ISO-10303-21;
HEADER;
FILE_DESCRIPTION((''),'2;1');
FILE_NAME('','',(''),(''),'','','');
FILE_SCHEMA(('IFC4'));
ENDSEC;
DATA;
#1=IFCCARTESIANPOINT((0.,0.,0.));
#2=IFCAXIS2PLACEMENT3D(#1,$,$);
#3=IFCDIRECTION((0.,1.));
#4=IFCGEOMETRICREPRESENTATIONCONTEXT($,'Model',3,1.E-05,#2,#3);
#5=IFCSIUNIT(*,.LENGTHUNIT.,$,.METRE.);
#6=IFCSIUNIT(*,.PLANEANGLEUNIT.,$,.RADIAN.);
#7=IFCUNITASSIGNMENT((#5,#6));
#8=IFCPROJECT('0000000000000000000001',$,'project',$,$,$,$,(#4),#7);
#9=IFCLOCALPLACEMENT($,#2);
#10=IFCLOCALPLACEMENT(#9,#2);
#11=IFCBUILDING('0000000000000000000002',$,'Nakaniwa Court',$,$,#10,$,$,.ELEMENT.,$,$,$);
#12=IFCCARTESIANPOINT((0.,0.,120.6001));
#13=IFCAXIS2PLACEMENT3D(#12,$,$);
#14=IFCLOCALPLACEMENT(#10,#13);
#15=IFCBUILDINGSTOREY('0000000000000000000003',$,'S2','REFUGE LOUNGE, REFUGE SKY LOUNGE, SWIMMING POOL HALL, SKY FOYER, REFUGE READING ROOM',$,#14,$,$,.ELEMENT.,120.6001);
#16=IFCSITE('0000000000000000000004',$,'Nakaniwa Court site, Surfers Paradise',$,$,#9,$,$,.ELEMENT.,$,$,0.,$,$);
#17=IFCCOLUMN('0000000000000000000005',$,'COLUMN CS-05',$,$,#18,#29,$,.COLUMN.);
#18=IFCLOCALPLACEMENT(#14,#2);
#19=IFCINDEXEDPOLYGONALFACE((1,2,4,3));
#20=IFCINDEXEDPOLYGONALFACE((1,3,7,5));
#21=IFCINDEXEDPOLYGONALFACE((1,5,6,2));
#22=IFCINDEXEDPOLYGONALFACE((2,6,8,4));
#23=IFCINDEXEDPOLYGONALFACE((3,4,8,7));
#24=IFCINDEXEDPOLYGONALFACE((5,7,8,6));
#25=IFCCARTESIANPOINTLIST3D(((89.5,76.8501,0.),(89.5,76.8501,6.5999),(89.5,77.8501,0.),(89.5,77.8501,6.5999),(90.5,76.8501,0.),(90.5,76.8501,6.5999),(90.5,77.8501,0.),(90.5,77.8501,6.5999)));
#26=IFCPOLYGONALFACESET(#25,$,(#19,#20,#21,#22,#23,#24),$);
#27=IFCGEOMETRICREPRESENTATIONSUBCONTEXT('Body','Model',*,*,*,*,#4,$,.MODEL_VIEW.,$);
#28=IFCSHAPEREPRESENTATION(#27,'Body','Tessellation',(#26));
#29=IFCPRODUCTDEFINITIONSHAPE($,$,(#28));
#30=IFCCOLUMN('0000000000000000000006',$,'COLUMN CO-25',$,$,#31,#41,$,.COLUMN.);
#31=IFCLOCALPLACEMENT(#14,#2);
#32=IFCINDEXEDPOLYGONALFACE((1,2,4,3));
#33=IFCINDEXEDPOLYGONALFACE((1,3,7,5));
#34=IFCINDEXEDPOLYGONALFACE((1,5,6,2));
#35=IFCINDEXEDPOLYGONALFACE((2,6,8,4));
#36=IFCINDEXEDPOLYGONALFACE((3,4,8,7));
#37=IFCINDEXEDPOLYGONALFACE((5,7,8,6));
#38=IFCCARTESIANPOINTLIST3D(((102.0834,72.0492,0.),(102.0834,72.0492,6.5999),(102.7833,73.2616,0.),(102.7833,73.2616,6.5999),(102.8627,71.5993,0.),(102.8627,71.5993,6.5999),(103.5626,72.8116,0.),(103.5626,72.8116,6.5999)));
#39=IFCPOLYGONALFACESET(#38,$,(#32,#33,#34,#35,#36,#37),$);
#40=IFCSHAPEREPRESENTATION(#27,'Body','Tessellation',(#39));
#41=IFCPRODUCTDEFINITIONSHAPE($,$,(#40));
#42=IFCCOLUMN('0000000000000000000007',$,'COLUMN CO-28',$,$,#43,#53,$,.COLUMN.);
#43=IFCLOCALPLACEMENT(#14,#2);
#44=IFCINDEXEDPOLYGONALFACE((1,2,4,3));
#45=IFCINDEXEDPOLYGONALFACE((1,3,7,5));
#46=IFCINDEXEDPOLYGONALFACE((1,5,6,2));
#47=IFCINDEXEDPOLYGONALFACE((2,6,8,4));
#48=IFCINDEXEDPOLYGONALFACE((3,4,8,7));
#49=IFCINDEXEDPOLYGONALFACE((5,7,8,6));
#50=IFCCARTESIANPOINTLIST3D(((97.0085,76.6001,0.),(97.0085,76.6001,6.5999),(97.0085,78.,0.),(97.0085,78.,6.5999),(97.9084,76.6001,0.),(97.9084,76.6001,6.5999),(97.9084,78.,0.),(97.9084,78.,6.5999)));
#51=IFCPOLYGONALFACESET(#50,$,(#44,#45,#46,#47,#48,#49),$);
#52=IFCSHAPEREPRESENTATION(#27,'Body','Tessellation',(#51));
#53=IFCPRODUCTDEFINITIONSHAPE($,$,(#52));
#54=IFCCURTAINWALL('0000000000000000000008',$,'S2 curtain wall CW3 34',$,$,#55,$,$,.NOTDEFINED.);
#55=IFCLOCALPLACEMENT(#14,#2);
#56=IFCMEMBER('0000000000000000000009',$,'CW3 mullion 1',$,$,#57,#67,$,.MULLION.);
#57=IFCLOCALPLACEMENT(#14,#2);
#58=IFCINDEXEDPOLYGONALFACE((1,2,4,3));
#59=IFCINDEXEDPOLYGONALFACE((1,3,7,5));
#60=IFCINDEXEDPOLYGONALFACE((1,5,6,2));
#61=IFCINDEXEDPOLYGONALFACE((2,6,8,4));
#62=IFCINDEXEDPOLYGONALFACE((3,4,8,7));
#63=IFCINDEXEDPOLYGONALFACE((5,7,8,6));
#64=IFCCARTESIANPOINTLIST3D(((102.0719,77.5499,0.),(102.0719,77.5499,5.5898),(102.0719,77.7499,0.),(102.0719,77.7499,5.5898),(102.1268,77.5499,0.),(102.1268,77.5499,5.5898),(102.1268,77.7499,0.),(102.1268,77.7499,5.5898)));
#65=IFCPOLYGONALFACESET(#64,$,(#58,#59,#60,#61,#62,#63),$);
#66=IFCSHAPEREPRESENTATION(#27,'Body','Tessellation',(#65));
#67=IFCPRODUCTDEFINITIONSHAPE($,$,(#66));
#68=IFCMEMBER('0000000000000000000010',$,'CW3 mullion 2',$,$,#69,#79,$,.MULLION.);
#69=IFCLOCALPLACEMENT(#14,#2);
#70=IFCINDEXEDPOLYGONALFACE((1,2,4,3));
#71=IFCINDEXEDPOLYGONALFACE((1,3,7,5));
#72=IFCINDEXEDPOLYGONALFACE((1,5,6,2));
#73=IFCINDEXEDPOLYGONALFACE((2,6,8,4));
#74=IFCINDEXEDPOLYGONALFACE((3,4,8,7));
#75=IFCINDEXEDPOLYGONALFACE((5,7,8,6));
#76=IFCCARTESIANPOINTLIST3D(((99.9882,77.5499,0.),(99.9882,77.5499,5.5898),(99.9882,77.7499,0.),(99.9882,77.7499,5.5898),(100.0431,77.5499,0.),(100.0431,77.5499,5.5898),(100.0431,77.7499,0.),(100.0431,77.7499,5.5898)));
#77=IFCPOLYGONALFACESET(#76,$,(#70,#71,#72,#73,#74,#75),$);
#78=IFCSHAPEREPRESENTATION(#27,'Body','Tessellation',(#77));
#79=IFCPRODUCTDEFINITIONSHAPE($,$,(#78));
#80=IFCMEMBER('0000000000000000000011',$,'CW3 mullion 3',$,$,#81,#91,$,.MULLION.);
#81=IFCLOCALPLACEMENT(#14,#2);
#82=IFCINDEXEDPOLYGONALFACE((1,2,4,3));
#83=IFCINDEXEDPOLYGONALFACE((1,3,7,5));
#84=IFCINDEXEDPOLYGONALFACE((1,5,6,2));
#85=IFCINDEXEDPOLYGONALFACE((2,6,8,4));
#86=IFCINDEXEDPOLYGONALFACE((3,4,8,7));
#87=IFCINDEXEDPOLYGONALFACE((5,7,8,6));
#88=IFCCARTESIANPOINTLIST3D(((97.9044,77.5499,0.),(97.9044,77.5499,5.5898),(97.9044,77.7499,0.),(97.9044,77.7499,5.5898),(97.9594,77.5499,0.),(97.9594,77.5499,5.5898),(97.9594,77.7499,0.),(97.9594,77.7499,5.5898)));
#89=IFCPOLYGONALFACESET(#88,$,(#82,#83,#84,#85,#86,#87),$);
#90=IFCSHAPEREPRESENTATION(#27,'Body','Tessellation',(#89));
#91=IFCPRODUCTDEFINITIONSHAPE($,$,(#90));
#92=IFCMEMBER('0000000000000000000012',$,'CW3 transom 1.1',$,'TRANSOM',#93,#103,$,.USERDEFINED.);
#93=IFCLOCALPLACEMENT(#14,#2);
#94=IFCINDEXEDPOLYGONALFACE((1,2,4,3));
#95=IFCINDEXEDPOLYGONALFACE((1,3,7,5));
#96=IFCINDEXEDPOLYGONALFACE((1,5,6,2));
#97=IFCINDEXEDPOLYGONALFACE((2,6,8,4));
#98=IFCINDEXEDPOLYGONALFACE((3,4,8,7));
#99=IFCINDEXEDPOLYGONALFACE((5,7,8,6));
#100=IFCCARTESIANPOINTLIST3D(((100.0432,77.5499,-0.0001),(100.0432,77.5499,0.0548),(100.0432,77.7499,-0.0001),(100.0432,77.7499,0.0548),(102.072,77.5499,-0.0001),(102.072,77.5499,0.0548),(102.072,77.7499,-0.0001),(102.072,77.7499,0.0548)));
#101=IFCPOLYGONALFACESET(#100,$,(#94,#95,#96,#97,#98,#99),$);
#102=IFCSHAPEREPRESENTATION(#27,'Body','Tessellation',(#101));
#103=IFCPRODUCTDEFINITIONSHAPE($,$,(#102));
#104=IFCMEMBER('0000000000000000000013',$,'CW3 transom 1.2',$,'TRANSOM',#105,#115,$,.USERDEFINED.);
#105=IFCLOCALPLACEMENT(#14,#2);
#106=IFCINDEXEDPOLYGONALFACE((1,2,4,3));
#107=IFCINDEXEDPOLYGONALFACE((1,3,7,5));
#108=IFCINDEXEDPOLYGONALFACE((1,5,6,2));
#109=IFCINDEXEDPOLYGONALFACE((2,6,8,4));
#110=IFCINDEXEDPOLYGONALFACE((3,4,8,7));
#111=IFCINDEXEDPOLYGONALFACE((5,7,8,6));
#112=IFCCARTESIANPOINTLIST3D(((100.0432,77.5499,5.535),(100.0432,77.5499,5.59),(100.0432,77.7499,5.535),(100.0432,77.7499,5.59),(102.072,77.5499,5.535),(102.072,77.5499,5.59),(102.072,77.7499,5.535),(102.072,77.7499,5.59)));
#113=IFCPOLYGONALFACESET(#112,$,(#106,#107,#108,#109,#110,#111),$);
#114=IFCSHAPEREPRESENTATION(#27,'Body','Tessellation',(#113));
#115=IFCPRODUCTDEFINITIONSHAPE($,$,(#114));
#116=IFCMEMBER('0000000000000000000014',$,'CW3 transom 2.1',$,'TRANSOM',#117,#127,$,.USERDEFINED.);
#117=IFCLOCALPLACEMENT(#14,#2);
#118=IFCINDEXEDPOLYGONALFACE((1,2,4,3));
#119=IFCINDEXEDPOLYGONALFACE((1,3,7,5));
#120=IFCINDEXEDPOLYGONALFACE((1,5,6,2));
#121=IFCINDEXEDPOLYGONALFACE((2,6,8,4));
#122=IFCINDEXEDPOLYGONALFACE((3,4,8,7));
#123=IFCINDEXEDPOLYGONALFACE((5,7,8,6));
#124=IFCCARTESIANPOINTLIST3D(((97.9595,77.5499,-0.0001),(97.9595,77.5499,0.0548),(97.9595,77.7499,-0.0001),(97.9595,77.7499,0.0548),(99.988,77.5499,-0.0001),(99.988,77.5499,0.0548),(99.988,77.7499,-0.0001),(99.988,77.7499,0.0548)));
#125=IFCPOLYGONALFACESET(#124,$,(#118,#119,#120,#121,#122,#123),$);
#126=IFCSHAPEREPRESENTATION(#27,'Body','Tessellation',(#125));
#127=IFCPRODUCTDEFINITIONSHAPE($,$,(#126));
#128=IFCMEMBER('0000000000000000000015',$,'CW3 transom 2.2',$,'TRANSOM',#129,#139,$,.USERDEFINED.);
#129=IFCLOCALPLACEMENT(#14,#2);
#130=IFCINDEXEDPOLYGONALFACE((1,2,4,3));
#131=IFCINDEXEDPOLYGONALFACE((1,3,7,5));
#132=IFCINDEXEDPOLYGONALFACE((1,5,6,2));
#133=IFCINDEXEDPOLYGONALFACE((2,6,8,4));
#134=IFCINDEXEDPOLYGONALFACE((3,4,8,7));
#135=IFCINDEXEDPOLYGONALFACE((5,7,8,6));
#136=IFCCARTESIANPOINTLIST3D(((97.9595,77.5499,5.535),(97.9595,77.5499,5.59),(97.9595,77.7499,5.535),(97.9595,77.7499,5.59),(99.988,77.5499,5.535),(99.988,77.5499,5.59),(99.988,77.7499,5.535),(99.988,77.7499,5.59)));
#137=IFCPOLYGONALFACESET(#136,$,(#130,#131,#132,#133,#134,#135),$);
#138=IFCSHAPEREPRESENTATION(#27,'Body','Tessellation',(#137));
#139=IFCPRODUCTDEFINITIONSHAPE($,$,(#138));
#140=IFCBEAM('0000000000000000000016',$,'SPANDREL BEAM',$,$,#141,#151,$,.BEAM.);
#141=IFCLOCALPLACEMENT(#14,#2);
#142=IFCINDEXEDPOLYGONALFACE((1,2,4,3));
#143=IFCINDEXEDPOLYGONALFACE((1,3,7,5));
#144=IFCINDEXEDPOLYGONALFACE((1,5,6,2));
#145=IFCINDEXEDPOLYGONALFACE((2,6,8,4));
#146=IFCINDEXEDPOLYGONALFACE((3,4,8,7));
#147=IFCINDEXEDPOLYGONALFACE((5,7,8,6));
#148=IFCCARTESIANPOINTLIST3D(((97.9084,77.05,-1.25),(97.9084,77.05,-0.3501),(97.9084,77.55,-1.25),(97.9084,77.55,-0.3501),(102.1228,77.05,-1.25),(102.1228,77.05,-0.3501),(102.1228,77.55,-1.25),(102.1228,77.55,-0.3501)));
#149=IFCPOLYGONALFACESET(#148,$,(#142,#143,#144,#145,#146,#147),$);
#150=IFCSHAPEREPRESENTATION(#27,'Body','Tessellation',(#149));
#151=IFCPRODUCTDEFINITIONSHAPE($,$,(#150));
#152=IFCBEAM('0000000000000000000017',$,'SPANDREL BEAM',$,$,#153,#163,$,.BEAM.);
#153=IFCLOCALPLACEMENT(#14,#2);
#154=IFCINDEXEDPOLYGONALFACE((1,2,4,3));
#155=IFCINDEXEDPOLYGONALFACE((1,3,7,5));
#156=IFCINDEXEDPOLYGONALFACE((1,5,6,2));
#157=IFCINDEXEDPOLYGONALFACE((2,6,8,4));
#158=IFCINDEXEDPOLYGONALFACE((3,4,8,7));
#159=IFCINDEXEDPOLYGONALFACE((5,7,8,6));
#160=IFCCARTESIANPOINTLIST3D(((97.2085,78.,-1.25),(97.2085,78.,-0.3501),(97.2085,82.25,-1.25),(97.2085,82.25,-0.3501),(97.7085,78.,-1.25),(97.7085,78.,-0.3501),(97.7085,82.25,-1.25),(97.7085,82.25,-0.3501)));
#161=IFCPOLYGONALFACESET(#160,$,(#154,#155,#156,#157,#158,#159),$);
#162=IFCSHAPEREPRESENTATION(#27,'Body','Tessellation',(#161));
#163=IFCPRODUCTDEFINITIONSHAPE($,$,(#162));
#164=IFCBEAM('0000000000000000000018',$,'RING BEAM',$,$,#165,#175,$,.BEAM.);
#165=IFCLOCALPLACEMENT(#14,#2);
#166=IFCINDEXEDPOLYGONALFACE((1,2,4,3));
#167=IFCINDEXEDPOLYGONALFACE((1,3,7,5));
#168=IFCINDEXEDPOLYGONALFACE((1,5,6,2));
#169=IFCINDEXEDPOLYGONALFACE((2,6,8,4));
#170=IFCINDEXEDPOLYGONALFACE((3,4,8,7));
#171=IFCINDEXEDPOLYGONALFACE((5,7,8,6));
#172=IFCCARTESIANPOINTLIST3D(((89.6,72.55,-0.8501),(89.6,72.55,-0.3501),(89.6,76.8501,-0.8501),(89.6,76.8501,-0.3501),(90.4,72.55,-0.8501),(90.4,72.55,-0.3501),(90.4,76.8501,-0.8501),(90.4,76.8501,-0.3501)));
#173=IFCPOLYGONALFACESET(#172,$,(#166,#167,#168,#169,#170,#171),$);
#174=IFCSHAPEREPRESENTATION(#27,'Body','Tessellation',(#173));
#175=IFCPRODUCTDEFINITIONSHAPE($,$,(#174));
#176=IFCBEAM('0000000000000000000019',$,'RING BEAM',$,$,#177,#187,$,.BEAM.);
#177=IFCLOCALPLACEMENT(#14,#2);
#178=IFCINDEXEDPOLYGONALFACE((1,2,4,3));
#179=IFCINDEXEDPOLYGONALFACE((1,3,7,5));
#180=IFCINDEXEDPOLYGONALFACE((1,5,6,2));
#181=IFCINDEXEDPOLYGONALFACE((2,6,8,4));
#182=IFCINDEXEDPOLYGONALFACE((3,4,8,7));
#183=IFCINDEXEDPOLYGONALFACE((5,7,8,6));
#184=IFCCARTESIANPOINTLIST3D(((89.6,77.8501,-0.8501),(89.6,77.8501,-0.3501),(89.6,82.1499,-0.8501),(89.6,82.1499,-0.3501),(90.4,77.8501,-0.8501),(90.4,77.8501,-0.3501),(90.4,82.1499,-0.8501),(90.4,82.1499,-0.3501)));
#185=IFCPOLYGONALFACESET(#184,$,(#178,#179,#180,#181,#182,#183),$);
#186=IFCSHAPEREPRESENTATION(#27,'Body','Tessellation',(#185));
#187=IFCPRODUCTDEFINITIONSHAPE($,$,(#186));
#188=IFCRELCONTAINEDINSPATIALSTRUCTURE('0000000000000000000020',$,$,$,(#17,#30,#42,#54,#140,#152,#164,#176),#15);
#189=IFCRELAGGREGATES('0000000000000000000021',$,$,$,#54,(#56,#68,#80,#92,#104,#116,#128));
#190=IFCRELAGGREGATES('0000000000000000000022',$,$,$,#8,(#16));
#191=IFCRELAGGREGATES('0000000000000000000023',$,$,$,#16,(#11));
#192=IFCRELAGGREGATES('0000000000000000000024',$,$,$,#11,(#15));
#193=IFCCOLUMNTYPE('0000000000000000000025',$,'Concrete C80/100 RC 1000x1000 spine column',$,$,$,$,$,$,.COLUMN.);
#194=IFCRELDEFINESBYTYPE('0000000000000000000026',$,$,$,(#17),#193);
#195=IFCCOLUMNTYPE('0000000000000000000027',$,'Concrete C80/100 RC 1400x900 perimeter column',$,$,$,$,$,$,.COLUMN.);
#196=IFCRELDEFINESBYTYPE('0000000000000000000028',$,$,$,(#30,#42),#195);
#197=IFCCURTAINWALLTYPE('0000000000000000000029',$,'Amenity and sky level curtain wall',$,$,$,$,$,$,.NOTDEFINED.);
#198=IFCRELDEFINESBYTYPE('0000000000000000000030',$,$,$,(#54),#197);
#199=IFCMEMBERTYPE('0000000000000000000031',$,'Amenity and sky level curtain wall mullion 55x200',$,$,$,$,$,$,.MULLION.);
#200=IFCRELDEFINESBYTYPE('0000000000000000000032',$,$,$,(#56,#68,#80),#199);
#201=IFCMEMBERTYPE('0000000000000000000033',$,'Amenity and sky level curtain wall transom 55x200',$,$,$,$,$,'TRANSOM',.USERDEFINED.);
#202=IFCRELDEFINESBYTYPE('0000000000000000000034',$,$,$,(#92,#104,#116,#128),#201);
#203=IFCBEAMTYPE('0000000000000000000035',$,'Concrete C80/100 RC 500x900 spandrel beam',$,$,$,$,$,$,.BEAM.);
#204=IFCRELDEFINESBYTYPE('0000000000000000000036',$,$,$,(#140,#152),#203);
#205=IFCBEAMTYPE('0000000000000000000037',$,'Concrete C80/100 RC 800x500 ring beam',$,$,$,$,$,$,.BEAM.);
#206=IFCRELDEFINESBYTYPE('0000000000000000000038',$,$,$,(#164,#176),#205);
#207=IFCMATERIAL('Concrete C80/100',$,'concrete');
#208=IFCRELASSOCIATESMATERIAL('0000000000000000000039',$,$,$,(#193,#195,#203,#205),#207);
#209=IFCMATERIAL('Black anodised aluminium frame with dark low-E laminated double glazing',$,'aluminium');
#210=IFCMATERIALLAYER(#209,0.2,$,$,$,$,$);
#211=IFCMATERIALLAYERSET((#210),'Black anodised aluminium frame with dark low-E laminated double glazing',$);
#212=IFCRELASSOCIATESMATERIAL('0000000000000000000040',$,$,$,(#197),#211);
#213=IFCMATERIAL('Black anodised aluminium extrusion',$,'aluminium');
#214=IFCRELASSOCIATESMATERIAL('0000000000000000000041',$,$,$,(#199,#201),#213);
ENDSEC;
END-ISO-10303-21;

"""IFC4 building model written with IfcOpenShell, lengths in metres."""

from ifc_helpers import new_model, si_unit, direction, frame, origin, origin_2d, place, context, subcontext, project, spatial, rectangle, extrude, material, layer, layer_set, material_profile, profile_set, type_object, element, aggregate, save


model = new_model("IFC4")

# Units and contexts
model_context = context("Model", 3, precision=1e-05, world=origin(), true_north=direction((0.0, 1.0)))
body_context = subcontext(model_context, "Body", "Model", "MODEL_VIEW")
ifc_project = project(units=[si_unit("LENGTHUNIT", "METRE"), si_unit("PLANEANGLEUNIT", "RADIAN")], contexts=[model_context])

# Site, building, storey
site_placement = place(None, origin())
site = spatial("IfcSite", under=ifc_project, at=site_placement, Name="Nakaniwa Court site, Surfers Paradise", CompositionType="ELEMENT", RefElevation=0.0)
building_placement = place(site_placement, origin())
building = spatial("IfcBuilding", under=site, at=building_placement, Name="Nakaniwa Court", CompositionType="ELEMENT")
storey_placement = place(building_placement, frame((0.0, 0.0, 120.6001)))
storey = spatial("IfcBuildingStorey", under=building, at=storey_placement, Name="S2", Description="REFUGE LOUNGE, REFUGE SKY LOUNGE, SWIMMING POOL HALL, SKY FOYER, REFUGE READING ROOM", CompositionType="ELEMENT", Elevation=120.6001)

# Columns
ifc_material_1 = material(Name="Concrete C80/100", Category="concrete")
ifc_material_profile_1 = material_profile(ifc_material_1, rectangle(XDim=1.0, YDim=1.0, at=origin_2d()), Name="Concrete C80/100 RC 1000x1000 spine column")
ifc_profile_set_1 = profile_set([ifc_material_profile_1], Name="Concrete C80/100")
column_type_1 = type_object("IfcColumnType", Name="Concrete C80/100 RC 1000x1000 spine column", PredefinedType="COLUMN", material=ifc_profile_set_1)
column_placement = place(storey_placement, frame((90.0, 77.3501, 0.0), z_axis=(0.0, 0.0, 1.0), x_axis=(0.0, 1.0, 0.0)))
element("IfcColumn", 1, at=column_placement, inside=storey, type_object=column_type_1, Name="COLUMN CS-05", PredefinedType="COLUMN", context=body_context, shape_type="SweptSolid", body=[
    extrude(rectangle(XDim=1.0, YDim=1.0, at=origin_2d()), origin(), (0.0, 0.0, 1.0), 6.5999),
])
ifc_material_profile_2 = material_profile(ifc_material_1, rectangle(XDim=1.3999, YDim=0.8999, at=origin_2d()), Name="Concrete C80/100 RC 1400x900 perimeter column")
ifc_profile_set_2 = profile_set([ifc_material_profile_2], Name="Concrete C80/100")
column_type_2 = type_object("IfcColumnType", Name="Concrete C80/100 RC 1400x900 perimeter column", PredefinedType="COLUMN", material=ifc_profile_set_2)
for number, where, z_axis, x_axis, name in (
    (2, (102.823, 72.4304, 0.0), (0.0, 0.0, 1.0), (0.5, 0.866025, 0.0), "COLUMN CO-25"),
    (3, (97.4585, 77.3, 0.0), (0.0, 0.0, 1.0), (0.0, 1.0, 0.0), "COLUMN CO-28"),
):
    element("IfcColumn", number, at=place(storey_placement, frame(where, z_axis=z_axis, x_axis=x_axis)), inside=storey, type_object=column_type_2, Name=name, PredefinedType="COLUMN", context=body_context, shape_type="SweptSolid", body=[
        extrude(rectangle(XDim=1.3999, YDim=0.8999, at=origin_2d()), origin(), (0.0, 0.0, 1.0), 6.5999),
    ])

# Curtain wall, members
ifc_material_2 = material(Name="Black anodised aluminium frame with dark low-E laminated double glazing", Category="aluminium")
ifc_layer_1 = layer(ifc_material_2, 0.2)
ifc_layer_set_1 = layer_set([ifc_layer_1], Name="Black anodised aluminium frame with dark low-E laminated double glazing")
curtain_wall_type = type_object("IfcCurtainWallType", Name="Amenity and sky level curtain wall", PredefinedType="NOTDEFINED", material=ifc_layer_set_1)
curtain_wall_placement = place(storey_placement, origin())
curtain_wall = element("IfcCurtainWall", 4, at=curtain_wall_placement, inside=storey, type_object=curtain_wall_type, Name="S2 curtain wall CW3 34", PredefinedType="NOTDEFINED")
ifc_material_3 = material(Name="Black anodised aluminium extrusion", Category="aluminium")
ifc_material_profile_3 = material_profile(ifc_material_3, rectangle(XDim=0.2, YDim=0.0549, at=origin_2d()), Name="Amenity and sky level curtain wall mullion 55x200")
ifc_profile_set_3 = profile_set([ifc_material_profile_3], Name="Black anodised aluminium extrusion")
member_type_1 = type_object("IfcMemberType", Name="Amenity and sky level curtain wall mullion 55x200", PredefinedType="MULLION", material=ifc_profile_set_3)
member_1_placement = place(storey_placement, frame((102.0994, 77.6499, 0.0), z_axis=(0.0, 0.0, 1.0), x_axis=(0.0, -1.0, 0.0)))
member_1 = element("IfcMember", 5, at=member_1_placement, type_object=member_type_1, Name="CW3 mullion 1", PredefinedType="MULLION", context=body_context, shape_type="SweptSolid", body=[
    extrude(rectangle(XDim=0.2, YDim=0.0549, at=origin_2d()), origin(), (0.0, 0.0, 1.0), 5.5898),
])
member_2_placement = place(storey_placement, frame((100.0156, 77.6499, 0.0), z_axis=(0.0, 0.0, 1.0), x_axis=(0.0, -1.0, 0.0)))
member_2 = element("IfcMember", 6, at=member_2_placement, type_object=member_type_1, Name="CW3 mullion 2", PredefinedType="MULLION", context=body_context, shape_type="SweptSolid", body=[
    extrude(rectangle(XDim=0.2, YDim=0.0549, at=origin_2d()), origin(), (0.0, 0.0, 1.0), 5.5898),
])
member_3_placement = place(storey_placement, frame((97.9319, 77.6499, 0.0), z_axis=(0.0, 0.0, 1.0), x_axis=(0.0, -1.0, 0.0)))
member_3 = element("IfcMember", 7, at=member_3_placement, type_object=member_type_1, Name="CW3 mullion 3", PredefinedType="MULLION", context=body_context, shape_type="SweptSolid", body=[
    extrude(rectangle(XDim=0.2, YDim=0.0549, at=origin_2d()), origin(), (0.0, 0.0, 1.0), 5.5898),
])
ifc_material_profile_4 = material_profile(ifc_material_3, rectangle(XDim=0.2, YDim=0.0549, at=origin_2d()), Name="Amenity and sky level curtain wall transom 55x200")
ifc_profile_set_4 = profile_set([ifc_material_profile_4], Name="Black anodised aluminium extrusion")
member_type_2 = type_object("IfcMemberType", Name="Amenity and sky level curtain wall transom 55x200", ElementType="TRANSOM", PredefinedType="USERDEFINED", material=ifc_profile_set_4)
member_4_placement = place(storey_placement, frame((102.072, 77.6499, 0.0273), z_axis=(-1.0, 0.0, 0.0), x_axis=(0.0, -1.0, 0.0)))
member_4 = element("IfcMember", 8, at=member_4_placement, type_object=member_type_2, Name="CW3 transom 1.1", ObjectType="TRANSOM", PredefinedType="USERDEFINED", context=body_context, shape_type="SweptSolid", body=[
    extrude(rectangle(XDim=0.2, YDim=0.0549, at=origin_2d()), origin(), (0.0, 0.0, 1.0), 2.0288),
])
member_5_placement = place(storey_placement, frame((102.072, 77.6499, 5.5625), z_axis=(-1.0, 0.0, 0.0), x_axis=(0.0, -1.0, 0.0)))
member_5 = element("IfcMember", 9, at=member_5_placement, type_object=member_type_2, Name="CW3 transom 1.2", ObjectType="TRANSOM", PredefinedType="USERDEFINED", context=body_context, shape_type="SweptSolid", body=[
    extrude(rectangle(XDim=0.2, YDim=0.0549, at=origin_2d()), origin(), (0.0, 0.0, 1.0), 2.0288),
])
member_6_placement = place(storey_placement, frame((99.988, 77.6499, 0.0273), z_axis=(-1.0, 0.0, 0.0), x_axis=(0.0, -1.0, 0.0)))
member_6 = element("IfcMember", 10, at=member_6_placement, type_object=member_type_2, Name="CW3 transom 2.1", ObjectType="TRANSOM", PredefinedType="USERDEFINED", context=body_context, shape_type="SweptSolid", body=[
    extrude(rectangle(XDim=0.2, YDim=0.0549, at=origin_2d()), origin(), (0.0, 0.0, 1.0), 2.0286),
])
member_7_placement = place(storey_placement, frame((99.988, 77.6499, 5.5625), z_axis=(-1.0, 0.0, 0.0), x_axis=(0.0, -1.0, 0.0)))
member_7 = element("IfcMember", 11, at=member_7_placement, type_object=member_type_2, Name="CW3 transom 2.2", ObjectType="TRANSOM", PredefinedType="USERDEFINED", context=body_context, shape_type="SweptSolid", body=[
    extrude(rectangle(XDim=0.2, YDim=0.0549, at=origin_2d()), origin(), (0.0, 0.0, 1.0), 2.0286),
])

# Beams
ifc_material_profile_5 = material_profile(ifc_material_1, rectangle(XDim=0.5, YDim=0.8999, at=origin_2d()), Name="Concrete C80/100 RC 500x900 spandrel beam")
ifc_profile_set_5 = profile_set([ifc_material_profile_5], Name="Concrete C80/100")
beam_type_1 = type_object("IfcBeamType", Name="Concrete C80/100 RC 500x900 spandrel beam", PredefinedType="BEAM", material=ifc_profile_set_5)
beam_1_placement = place(storey_placement, frame((102.1228, 77.3, -0.8), z_axis=(-1.0, 0.0, 0.0), x_axis=(0.0, -1.0, 0.0)))
element("IfcBeam", 12, at=beam_1_placement, inside=storey, type_object=beam_type_1, Name="SPANDREL BEAM", PredefinedType="BEAM", context=body_context, shape_type="SweptSolid", body=[
    extrude(rectangle(XDim=0.5, YDim=0.8999, at=origin_2d()), origin(), (0.0, 0.0, 1.0), 4.2144),
])
beam_2_placement = place(storey_placement, frame((97.4585, 78.0, -0.8), z_axis=(0.0, 1.0, 0.0), x_axis=(-1.0, 0.0, 0.0)))
element("IfcBeam", 13, at=beam_2_placement, inside=storey, type_object=beam_type_1, Name="SPANDREL BEAM", PredefinedType="BEAM", context=body_context, shape_type="SweptSolid", body=[
    extrude(rectangle(XDim=0.5, YDim=0.8999, at=origin_2d()), origin(), (0.0, 0.0, 1.0), 4.25),
])
ifc_material_profile_6 = material_profile(ifc_material_1, rectangle(XDim=0.8, YDim=0.5, at=origin_2d()), Name="Concrete C80/100 RC 800x500 ring beam")
ifc_profile_set_6 = profile_set([ifc_material_profile_6], Name="Concrete C80/100")
beam_type_2 = type_object("IfcBeamType", Name="Concrete C80/100 RC 800x500 ring beam", PredefinedType="BEAM", material=ifc_profile_set_6)
beam_3_placement = place(storey_placement, frame((90.0, 72.55, -0.6001), z_axis=(0.0, 1.0, 0.0), x_axis=(-1.0, 0.0, 0.0)))
element("IfcBeam", 14, at=beam_3_placement, inside=storey, type_object=beam_type_2, Name="RING BEAM", PredefinedType="BEAM", context=body_context, shape_type="SweptSolid", body=[
    extrude(rectangle(XDim=0.8, YDim=0.5, at=origin_2d()), origin(), (0.0, 0.0, 1.0), 4.3),
])
beam_4_placement = place(storey_placement, frame((90.0, 77.8501, -0.6001), z_axis=(0.0, 1.0, 0.0), x_axis=(-1.0, 0.0, 0.0)))
element("IfcBeam", 15, at=beam_4_placement, inside=storey, type_object=beam_type_2, Name="RING BEAM", PredefinedType="BEAM", context=body_context, shape_type="SweptSolid", body=[
    extrude(rectangle(XDim=0.8, YDim=0.5, at=origin_2d()), origin(), (0.0, 0.0, 1.0), 4.2998),
])

aggregate(curtain_wall, [member_1, member_2, member_3, member_4, member_5, member_6, member_7])

save(model, "model.ifc")
